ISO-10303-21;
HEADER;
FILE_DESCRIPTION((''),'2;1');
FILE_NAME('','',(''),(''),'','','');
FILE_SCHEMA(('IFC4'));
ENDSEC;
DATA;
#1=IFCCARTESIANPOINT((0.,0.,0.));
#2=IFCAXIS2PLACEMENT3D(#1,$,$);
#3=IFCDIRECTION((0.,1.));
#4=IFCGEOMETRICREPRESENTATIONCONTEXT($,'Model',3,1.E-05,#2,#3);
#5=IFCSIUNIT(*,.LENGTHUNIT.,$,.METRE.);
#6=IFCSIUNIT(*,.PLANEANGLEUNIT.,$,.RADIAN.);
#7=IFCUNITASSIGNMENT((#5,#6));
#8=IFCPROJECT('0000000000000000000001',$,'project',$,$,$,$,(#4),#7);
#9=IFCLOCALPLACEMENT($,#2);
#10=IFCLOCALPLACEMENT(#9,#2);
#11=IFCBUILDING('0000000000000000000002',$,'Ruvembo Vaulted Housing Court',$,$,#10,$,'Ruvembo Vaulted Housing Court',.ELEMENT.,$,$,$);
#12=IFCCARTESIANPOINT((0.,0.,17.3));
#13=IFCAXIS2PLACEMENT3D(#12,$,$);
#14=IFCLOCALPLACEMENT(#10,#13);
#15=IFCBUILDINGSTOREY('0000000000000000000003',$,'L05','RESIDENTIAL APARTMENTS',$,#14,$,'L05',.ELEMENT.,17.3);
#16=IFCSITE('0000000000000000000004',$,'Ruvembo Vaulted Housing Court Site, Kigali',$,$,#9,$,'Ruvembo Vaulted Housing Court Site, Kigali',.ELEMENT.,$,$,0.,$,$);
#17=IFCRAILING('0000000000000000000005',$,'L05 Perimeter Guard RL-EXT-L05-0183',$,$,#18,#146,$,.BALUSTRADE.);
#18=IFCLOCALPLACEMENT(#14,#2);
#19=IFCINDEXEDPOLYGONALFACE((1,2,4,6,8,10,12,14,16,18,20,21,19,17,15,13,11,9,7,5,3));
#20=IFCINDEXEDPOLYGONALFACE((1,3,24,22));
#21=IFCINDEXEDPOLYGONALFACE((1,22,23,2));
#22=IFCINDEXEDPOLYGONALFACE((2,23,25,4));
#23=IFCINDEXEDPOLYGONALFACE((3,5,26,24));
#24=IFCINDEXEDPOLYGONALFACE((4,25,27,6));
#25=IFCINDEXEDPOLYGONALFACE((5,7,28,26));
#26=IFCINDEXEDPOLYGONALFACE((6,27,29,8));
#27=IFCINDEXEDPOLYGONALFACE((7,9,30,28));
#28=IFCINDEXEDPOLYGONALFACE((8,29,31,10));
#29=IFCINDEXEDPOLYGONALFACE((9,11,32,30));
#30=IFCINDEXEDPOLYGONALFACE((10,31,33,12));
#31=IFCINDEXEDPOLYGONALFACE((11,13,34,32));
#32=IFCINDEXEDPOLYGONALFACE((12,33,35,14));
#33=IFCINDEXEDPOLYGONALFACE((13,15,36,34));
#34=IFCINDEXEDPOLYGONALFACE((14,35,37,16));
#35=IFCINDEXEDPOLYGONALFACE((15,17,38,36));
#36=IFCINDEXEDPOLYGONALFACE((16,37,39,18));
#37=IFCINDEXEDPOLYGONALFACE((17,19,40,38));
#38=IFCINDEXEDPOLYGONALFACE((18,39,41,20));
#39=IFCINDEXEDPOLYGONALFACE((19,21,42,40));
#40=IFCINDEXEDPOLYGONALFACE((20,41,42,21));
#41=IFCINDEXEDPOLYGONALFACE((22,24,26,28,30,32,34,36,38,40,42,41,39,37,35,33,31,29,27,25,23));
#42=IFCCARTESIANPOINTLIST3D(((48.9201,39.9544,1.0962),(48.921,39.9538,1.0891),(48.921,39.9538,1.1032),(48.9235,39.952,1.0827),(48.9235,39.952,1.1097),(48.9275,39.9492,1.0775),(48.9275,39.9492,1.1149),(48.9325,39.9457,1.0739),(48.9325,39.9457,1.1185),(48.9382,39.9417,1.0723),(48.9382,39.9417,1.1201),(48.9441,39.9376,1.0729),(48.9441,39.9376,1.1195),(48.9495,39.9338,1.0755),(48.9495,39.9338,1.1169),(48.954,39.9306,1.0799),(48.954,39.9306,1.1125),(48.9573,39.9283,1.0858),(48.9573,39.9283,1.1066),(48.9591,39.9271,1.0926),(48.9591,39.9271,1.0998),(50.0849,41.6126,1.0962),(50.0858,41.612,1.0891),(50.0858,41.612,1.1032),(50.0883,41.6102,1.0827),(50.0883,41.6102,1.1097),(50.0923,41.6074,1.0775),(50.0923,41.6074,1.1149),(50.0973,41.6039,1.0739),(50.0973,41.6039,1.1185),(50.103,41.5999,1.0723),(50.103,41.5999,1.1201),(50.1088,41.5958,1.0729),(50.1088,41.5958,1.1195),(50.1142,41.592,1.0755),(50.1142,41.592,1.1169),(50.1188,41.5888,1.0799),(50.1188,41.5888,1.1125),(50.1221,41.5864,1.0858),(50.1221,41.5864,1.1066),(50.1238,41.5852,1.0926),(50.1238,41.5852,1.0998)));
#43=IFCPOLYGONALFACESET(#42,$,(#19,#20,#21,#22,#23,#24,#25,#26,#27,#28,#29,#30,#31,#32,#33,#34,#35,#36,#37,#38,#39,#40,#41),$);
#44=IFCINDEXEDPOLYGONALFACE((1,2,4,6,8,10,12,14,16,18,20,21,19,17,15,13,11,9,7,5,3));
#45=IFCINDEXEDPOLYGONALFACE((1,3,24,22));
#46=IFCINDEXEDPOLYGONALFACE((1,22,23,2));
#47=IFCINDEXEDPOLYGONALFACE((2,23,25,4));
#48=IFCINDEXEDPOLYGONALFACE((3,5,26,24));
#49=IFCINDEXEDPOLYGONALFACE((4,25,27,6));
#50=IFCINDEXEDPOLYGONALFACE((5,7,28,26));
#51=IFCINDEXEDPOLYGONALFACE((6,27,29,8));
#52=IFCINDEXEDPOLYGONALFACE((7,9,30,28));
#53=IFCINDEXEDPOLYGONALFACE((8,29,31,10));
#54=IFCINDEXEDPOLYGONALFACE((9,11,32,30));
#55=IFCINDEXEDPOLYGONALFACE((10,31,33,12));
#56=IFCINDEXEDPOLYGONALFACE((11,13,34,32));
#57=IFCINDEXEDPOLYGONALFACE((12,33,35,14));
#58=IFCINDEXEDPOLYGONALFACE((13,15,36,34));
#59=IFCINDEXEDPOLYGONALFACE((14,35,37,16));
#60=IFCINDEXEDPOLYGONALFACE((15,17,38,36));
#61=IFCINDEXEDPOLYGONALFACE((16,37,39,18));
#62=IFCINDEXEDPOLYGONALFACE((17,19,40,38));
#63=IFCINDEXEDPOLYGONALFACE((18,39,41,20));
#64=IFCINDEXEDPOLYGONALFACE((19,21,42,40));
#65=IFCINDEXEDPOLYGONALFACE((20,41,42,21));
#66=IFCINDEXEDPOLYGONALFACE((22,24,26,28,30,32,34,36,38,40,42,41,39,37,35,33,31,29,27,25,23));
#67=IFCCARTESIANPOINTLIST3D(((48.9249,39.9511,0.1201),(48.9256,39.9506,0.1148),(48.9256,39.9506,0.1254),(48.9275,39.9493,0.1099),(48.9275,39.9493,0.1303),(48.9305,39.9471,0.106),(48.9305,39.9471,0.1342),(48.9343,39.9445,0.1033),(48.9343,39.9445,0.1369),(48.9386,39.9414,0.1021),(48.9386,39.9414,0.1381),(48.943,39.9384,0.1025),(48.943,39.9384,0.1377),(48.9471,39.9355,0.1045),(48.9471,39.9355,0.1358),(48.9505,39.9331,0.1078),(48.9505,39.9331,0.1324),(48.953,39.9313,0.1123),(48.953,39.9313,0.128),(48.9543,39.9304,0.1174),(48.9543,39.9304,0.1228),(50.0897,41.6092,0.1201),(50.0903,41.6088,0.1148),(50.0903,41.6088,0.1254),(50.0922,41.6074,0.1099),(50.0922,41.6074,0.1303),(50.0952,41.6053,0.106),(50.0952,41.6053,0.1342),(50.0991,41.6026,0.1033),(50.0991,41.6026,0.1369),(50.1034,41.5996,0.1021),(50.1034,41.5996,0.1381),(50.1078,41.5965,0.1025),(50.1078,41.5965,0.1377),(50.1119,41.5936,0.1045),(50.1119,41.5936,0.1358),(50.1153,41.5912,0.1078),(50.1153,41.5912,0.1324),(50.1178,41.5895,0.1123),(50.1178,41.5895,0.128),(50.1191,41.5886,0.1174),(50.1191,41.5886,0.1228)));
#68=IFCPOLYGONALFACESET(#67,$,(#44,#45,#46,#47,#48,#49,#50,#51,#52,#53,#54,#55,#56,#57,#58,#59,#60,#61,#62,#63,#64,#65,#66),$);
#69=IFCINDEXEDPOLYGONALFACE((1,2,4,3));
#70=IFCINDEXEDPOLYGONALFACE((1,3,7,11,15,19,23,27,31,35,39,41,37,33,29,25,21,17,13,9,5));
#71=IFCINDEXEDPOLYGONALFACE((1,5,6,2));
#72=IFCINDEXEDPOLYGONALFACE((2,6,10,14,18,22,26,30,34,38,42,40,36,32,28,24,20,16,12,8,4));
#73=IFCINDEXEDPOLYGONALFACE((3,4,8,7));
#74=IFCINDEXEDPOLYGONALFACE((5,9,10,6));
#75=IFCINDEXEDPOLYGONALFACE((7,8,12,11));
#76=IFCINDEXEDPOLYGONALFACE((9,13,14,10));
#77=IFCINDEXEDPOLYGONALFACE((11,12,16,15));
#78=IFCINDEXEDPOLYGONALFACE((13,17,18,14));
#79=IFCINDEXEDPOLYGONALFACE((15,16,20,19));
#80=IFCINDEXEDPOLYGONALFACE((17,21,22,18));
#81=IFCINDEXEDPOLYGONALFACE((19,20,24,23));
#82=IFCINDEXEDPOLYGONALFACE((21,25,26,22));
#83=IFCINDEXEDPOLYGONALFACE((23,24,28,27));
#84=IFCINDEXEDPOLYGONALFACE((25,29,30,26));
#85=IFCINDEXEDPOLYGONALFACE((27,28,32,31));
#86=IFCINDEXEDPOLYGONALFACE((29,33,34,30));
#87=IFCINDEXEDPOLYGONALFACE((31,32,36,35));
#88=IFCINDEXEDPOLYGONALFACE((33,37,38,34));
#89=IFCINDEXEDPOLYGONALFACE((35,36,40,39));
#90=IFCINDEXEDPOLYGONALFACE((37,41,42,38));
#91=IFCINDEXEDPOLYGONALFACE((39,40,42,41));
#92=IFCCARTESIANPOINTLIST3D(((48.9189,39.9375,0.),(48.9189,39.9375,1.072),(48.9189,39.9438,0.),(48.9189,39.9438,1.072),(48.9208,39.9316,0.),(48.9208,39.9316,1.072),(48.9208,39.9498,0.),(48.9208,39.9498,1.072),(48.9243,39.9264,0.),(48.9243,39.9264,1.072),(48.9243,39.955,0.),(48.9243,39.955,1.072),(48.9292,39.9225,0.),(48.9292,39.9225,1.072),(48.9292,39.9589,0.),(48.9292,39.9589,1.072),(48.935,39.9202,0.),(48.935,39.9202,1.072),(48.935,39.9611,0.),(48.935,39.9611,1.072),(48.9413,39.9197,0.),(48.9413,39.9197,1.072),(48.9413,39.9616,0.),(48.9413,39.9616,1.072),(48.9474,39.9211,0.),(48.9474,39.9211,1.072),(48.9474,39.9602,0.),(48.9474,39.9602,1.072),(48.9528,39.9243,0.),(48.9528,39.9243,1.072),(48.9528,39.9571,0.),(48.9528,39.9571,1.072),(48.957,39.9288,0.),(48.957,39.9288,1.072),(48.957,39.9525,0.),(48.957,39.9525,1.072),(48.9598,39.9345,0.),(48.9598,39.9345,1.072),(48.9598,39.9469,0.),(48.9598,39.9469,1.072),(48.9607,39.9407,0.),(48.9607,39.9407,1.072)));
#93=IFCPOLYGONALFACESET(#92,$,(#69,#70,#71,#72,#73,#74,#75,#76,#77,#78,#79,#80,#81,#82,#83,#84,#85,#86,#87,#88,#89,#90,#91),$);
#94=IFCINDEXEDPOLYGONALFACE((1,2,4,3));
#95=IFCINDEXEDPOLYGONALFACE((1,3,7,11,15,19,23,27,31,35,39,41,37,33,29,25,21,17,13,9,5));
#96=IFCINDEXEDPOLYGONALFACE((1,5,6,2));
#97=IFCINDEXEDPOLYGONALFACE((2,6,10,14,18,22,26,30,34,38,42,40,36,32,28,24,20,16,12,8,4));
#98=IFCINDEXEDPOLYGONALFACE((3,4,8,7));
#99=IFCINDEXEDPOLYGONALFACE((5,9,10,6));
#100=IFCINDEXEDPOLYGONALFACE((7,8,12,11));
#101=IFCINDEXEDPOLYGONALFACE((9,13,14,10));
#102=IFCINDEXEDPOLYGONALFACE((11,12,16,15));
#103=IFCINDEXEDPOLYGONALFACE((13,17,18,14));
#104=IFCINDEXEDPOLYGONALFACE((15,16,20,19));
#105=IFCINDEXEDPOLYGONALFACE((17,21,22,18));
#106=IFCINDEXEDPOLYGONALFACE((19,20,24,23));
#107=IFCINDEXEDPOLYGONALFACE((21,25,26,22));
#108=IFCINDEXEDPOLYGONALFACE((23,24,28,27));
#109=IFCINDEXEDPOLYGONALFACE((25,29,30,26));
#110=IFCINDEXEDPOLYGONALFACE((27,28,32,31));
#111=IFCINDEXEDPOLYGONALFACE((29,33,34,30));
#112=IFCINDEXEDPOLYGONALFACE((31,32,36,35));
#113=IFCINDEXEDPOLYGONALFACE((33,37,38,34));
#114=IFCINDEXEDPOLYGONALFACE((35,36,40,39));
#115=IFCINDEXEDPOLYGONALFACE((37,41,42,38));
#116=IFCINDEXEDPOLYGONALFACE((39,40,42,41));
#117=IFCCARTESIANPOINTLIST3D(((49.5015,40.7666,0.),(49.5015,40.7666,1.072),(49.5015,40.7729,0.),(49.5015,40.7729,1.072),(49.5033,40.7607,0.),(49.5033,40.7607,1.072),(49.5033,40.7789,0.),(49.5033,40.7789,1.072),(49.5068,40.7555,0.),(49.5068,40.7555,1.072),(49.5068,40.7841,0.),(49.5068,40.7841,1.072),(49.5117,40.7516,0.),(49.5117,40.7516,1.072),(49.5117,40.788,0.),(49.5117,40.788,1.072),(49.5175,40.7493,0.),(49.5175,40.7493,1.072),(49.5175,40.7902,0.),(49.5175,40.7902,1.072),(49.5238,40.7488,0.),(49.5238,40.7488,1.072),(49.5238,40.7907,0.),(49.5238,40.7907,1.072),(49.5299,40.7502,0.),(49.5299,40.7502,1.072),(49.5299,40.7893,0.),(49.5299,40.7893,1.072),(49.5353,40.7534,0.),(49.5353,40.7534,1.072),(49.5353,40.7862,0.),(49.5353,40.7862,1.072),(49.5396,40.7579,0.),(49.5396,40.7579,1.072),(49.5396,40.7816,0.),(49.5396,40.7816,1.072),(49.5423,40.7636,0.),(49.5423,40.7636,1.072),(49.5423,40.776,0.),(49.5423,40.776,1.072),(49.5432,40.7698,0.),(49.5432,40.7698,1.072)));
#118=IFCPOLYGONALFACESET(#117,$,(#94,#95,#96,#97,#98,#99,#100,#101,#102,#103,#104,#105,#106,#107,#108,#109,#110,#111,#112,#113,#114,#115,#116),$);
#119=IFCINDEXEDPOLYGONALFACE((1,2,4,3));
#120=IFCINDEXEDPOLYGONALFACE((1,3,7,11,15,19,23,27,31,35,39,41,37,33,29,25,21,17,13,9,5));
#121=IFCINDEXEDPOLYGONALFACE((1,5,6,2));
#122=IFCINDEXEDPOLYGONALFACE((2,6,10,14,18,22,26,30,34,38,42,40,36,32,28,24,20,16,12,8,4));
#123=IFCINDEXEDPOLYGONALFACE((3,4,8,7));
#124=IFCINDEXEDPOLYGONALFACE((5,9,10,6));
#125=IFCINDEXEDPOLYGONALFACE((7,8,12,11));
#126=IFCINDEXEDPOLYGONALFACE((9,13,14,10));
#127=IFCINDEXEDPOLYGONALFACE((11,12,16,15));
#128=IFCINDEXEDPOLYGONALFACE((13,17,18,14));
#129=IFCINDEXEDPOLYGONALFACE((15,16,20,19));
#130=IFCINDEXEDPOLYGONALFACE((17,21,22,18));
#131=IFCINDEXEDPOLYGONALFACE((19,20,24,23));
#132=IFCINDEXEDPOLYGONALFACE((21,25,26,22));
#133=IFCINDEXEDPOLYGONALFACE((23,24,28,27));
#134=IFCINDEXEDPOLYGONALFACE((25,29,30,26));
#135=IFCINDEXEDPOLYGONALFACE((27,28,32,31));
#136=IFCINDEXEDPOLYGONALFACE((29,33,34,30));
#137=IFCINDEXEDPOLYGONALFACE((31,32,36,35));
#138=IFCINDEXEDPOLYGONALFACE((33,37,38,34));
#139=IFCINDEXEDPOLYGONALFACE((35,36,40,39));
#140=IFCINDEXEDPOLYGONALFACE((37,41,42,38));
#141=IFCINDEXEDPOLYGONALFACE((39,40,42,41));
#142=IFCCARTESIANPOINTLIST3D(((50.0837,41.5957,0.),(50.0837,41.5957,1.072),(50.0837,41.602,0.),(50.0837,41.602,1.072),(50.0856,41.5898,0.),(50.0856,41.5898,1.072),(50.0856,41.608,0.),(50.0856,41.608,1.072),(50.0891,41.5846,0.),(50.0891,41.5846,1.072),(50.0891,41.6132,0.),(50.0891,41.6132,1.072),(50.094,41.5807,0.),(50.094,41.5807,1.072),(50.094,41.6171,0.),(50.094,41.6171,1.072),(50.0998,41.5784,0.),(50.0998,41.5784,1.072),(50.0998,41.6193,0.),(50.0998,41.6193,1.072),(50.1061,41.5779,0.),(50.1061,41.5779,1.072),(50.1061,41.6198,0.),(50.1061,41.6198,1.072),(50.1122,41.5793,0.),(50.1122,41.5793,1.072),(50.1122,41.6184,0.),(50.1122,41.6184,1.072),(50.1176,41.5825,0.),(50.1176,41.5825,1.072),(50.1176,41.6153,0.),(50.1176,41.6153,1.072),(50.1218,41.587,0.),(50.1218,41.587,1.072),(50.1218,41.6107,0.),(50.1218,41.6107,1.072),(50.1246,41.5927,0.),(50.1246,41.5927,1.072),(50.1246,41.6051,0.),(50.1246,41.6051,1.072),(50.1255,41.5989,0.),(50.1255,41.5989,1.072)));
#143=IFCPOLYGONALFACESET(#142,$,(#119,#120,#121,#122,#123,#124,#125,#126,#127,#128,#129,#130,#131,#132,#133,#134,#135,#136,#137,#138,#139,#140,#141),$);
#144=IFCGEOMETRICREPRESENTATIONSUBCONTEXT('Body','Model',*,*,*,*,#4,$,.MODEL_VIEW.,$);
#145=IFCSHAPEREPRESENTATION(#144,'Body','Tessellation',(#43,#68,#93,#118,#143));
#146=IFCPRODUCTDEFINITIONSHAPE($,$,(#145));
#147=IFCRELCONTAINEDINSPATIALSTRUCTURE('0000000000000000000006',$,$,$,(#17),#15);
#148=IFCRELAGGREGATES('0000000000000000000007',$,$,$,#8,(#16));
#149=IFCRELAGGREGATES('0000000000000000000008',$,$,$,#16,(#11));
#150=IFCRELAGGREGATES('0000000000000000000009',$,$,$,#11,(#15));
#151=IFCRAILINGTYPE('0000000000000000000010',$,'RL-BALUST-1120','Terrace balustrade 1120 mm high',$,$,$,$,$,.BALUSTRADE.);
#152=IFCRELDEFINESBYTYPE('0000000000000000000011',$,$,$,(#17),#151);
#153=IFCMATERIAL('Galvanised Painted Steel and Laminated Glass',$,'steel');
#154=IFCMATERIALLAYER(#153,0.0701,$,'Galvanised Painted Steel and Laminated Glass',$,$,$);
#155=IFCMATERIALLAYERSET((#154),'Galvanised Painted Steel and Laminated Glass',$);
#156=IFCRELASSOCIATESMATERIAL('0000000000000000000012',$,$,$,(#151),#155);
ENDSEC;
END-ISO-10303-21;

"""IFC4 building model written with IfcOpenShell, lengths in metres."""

from ifc_helpers import new_model, si_unit, direction, frame, origin, origin_2d, place, context, subcontext, project, spatial, circle, extrude, material, layer, layer_set, type_object, element, save


model = new_model("IFC4")

# Units and contexts
model_context = context("Model", 3, precision=1e-05, world=origin(), true_north=direction((0.0, 1.0)))
body_context = subcontext(model_context, "Body", "Model", "MODEL_VIEW")
ifc_project = project(units=[si_unit("LENGTHUNIT", "METRE"), si_unit("PLANEANGLEUNIT", "RADIAN")], contexts=[model_context])

# Site, building, storey
site_placement = place(None, origin())
site = spatial("IfcSite", under=ifc_project, at=site_placement, Name="Ruvembo Vaulted Housing Court Site, Kigali", LongName="Ruvembo Vaulted Housing Court Site, Kigali", CompositionType="ELEMENT", RefElevation=0.0)
building_placement = place(site_placement, origin())
building = spatial("IfcBuilding", under=site, at=building_placement, Name="Ruvembo Vaulted Housing Court", LongName="Ruvembo Vaulted Housing Court", CompositionType="ELEMENT")
storey_placement = place(building_placement, frame((0.0, 0.0, 17.3)))
storey = spatial("IfcBuildingStorey", under=building, at=storey_placement, Name="L05", Description="RESIDENTIAL APARTMENTS", LongName="L05", CompositionType="ELEMENT", Elevation=17.3)

# Railing
ifc_material_1 = material(Name="Galvanised Painted Steel and Laminated Glass", Category="steel")
ifc_layer_1 = layer(ifc_material_1, 0.0701, Name="Galvanised Painted Steel and Laminated Glass")
ifc_layer_set_1 = layer_set([ifc_layer_1], Name="Galvanised Painted Steel and Laminated Glass")
railing_type = type_object("IfcRailingType", Name="RL-BALUST-1120", Description="Terrace balustrade 1120 mm high", PredefinedType="BALUSTRADE", material=ifc_layer_set_1)
railing_1_placement = place(storey_placement, frame((48.9397, 39.9407, 0.0)))
element("IfcRailing", 1, at=railing_1_placement, inside=storey, type_object=railing_type, Name="L05 Perimeter Guard RL-EXT-L05-0183", PredefinedType="BALUSTRADE", context=body_context, shape_type="SweptSolid", body=[
    extrude(circle(Radius=0.0239, at=origin_2d()), frame((0.0, 0.0, 1.0962), z_axis=(0.574804, 0.818291, 0.0), x_axis=(-0.818291, 0.574804, 0.0)), (0.0, 0.0, 1.0), 2.0264),
    extrude(circle(Radius=0.0181, at=origin_2d()), frame((0.0, 0.0, 0.1201), z_axis=(0.574804, 0.818291, 0.0), x_axis=(-0.818291, 0.574804, 0.0)), (0.0, 0.0, 1.0), 2.0264),
    extrude(circle(Radius=0.021, at=origin_2d()), origin(), (0.0, 0.0, 1.0), 1.072),
    extrude(circle(Radius=0.021, at=origin_2d()), frame((0.5825, 0.8291, 0.0)), (0.0, 0.0, 1.0), 1.072),
    extrude(circle(Radius=0.021, at=origin_2d()), frame((1.1648, 1.6582, 0.0)), (0.0, 0.0, 1.0), 1.072),
])

save(model, "model.ifc")
